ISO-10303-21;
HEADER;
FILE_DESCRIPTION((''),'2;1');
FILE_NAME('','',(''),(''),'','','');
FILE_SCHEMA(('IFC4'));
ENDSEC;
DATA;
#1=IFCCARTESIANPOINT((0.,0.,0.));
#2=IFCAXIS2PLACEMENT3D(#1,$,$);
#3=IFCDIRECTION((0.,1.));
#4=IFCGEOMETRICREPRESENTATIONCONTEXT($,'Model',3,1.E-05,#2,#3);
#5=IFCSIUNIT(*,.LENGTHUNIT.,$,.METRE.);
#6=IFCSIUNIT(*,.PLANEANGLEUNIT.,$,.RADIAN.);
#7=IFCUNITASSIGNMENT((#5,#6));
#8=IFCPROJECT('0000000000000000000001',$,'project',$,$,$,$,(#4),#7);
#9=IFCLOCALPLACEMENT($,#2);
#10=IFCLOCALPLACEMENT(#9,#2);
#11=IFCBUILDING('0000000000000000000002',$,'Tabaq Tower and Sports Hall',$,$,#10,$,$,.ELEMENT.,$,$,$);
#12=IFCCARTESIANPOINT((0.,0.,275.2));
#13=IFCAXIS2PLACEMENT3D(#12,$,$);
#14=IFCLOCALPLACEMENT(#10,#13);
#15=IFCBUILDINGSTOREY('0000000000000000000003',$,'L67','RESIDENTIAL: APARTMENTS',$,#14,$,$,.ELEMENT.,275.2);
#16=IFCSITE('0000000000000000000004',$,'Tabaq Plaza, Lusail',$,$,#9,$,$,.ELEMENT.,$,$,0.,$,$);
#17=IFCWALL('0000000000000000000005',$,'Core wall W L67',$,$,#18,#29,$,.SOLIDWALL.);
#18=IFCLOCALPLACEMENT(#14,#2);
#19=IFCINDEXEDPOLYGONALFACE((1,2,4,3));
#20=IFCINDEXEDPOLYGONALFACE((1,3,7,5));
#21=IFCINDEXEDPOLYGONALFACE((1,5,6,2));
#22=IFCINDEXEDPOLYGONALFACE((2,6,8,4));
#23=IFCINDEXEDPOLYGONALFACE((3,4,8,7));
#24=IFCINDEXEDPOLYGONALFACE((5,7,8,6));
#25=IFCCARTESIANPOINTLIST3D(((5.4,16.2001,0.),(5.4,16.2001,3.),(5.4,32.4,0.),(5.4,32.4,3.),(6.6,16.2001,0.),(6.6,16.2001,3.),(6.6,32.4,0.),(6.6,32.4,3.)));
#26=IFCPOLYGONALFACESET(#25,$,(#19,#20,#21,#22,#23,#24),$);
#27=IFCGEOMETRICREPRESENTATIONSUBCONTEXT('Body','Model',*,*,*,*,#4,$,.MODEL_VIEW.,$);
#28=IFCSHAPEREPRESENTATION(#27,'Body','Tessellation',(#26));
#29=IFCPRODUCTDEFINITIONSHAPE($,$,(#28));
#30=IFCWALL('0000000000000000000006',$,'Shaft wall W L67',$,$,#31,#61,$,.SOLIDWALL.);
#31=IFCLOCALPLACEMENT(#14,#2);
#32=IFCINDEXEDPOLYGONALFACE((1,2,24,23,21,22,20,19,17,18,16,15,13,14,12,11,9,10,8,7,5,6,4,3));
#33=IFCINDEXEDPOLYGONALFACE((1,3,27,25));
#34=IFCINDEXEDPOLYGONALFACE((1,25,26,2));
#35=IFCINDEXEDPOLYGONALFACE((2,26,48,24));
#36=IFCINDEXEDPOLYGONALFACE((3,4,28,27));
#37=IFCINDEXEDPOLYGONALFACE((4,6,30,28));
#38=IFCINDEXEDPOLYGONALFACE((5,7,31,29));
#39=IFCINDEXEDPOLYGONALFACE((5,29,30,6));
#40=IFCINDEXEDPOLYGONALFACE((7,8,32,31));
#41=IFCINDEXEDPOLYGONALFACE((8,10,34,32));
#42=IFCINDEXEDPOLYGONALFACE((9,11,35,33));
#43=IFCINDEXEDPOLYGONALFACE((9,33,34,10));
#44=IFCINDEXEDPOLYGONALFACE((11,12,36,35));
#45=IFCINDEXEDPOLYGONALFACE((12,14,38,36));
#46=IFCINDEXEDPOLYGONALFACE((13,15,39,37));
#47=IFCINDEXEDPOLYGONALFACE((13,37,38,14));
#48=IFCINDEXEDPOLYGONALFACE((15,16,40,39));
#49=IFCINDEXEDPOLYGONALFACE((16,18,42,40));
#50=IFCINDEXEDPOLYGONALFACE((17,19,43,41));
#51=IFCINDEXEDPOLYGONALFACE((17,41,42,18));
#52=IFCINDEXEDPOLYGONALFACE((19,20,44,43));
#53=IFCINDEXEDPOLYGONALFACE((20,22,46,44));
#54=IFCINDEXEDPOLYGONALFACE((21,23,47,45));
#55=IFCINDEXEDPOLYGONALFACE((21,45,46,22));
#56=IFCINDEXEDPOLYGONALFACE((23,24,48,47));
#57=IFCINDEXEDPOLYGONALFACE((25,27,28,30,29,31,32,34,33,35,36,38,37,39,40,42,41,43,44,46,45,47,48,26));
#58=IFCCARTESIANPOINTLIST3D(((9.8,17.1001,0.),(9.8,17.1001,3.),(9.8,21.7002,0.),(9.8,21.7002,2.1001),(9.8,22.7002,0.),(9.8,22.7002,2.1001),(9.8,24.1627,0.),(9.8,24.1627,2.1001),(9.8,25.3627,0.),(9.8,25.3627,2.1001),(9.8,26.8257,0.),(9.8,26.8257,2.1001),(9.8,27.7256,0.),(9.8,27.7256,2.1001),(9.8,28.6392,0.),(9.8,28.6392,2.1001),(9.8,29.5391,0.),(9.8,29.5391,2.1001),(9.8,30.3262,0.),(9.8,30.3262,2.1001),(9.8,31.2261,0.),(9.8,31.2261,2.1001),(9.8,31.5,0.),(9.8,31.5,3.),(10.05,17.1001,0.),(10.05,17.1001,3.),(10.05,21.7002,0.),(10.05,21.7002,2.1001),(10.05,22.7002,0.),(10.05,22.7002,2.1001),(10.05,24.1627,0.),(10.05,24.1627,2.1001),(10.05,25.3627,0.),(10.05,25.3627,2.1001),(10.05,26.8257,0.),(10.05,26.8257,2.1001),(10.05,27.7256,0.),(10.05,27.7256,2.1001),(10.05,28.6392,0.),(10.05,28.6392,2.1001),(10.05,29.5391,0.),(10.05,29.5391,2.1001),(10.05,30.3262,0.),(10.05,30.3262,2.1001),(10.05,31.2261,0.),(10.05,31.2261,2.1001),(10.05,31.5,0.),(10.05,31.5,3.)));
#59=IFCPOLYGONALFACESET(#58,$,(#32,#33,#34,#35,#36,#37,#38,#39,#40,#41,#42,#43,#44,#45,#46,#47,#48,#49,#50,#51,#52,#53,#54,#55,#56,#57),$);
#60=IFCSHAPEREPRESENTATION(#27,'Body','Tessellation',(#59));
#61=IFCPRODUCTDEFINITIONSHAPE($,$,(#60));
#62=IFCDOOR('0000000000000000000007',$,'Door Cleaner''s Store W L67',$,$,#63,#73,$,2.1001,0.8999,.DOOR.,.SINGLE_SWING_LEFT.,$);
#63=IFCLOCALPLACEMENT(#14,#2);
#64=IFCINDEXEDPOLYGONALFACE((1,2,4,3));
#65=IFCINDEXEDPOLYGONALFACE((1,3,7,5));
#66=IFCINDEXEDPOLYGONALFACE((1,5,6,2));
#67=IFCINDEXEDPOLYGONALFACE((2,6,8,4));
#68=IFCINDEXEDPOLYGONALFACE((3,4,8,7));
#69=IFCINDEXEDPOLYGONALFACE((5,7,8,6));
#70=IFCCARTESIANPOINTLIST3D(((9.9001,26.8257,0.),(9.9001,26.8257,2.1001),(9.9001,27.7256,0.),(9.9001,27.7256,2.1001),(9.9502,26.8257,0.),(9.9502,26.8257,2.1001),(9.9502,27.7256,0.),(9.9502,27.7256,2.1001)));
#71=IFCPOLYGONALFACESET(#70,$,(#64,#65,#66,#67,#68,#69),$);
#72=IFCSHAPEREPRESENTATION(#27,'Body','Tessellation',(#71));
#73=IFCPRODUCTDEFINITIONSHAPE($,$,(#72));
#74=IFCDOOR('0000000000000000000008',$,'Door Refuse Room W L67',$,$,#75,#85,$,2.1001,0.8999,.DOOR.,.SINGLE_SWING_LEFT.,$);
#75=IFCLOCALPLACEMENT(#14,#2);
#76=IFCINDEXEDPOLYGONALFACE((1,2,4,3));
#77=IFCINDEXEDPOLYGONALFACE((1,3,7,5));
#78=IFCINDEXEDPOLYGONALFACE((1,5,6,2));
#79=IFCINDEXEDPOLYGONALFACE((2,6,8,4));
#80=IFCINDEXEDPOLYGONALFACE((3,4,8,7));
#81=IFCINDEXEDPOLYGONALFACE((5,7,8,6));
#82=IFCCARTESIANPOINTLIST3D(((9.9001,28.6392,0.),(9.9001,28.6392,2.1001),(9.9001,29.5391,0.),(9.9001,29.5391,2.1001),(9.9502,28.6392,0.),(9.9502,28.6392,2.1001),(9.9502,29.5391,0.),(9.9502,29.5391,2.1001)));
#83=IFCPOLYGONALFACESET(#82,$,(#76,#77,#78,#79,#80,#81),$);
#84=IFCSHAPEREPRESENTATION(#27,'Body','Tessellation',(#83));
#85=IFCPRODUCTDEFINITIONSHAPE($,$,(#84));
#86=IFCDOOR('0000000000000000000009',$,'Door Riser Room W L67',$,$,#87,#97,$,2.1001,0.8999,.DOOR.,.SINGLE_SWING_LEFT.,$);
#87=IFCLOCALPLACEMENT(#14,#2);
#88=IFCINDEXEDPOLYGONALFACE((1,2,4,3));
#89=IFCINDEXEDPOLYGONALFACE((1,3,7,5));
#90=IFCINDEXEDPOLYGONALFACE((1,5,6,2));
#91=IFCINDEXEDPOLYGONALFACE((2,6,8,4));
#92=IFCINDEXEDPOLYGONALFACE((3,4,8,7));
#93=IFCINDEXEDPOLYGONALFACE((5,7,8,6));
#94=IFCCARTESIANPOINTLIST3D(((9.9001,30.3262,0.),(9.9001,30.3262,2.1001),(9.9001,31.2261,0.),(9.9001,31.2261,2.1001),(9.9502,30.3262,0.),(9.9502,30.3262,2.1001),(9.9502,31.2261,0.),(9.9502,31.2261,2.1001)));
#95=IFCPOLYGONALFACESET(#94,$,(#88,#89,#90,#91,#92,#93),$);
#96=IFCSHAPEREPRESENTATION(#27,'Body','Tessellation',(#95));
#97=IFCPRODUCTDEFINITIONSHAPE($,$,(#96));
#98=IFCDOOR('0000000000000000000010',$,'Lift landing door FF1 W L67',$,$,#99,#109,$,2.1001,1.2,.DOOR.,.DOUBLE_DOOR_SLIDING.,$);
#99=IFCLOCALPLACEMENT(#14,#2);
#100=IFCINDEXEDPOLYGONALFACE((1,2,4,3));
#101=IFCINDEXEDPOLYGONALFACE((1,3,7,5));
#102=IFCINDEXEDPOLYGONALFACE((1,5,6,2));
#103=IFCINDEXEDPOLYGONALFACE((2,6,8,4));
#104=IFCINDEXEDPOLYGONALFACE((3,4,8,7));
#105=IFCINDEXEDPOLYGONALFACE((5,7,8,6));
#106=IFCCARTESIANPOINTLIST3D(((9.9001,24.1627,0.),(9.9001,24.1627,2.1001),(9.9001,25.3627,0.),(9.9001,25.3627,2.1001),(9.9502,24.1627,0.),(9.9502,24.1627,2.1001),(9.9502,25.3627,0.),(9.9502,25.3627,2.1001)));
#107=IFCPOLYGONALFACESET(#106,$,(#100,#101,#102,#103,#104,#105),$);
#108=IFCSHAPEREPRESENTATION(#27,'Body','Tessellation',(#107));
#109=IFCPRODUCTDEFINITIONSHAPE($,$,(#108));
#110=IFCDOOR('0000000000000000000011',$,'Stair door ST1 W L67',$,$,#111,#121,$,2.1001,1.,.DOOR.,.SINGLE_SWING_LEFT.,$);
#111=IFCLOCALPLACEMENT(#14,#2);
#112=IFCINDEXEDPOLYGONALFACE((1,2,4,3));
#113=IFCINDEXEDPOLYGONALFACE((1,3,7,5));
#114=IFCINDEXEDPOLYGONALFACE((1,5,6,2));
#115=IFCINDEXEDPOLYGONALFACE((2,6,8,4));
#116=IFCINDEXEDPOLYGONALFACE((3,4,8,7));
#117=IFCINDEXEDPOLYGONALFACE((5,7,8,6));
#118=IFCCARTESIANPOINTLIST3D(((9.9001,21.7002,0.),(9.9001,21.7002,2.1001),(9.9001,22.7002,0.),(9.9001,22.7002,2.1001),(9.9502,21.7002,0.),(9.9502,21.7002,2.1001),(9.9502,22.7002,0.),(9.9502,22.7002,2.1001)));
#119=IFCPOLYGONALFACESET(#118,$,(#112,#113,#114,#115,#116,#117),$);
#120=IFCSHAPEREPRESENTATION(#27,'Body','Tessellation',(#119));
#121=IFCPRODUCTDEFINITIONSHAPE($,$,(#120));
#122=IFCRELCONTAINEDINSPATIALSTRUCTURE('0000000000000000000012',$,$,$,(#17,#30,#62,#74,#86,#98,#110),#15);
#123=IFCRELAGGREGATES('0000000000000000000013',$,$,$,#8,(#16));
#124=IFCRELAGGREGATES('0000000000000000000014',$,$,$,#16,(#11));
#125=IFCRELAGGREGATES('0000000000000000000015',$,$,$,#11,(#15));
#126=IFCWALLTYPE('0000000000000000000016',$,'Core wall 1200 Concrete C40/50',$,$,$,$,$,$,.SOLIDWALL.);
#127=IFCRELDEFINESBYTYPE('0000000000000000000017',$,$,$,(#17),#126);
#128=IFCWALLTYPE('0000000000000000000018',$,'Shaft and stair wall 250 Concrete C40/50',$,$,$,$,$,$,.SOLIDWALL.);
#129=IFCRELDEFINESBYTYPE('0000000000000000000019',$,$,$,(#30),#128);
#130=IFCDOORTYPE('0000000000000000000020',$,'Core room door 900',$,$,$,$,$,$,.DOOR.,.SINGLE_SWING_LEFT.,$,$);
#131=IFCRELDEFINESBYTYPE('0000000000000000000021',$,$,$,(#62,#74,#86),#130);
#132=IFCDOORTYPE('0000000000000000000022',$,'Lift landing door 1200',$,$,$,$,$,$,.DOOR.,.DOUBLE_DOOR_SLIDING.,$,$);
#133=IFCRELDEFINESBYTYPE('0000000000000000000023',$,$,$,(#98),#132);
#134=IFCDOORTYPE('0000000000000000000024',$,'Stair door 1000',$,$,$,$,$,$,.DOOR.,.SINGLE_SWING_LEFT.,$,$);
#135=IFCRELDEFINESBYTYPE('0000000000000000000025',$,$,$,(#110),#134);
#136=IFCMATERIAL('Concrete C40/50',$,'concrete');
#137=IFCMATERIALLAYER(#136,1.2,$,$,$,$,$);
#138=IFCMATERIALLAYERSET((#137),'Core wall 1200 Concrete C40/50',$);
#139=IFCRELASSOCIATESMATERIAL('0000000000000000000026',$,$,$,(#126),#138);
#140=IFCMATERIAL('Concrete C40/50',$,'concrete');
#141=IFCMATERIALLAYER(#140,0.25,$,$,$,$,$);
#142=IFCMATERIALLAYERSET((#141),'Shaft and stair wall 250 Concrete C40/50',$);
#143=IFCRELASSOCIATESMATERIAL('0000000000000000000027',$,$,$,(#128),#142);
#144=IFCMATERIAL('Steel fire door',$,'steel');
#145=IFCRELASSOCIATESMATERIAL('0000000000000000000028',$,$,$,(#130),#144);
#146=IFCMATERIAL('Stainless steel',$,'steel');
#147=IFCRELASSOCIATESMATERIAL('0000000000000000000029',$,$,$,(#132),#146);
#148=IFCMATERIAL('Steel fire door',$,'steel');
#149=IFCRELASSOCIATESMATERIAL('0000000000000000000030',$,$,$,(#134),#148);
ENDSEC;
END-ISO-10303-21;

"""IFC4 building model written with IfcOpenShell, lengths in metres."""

from ifc_helpers import new_model, si_unit, direction, frame, frame_2d, origin, place, context, subcontext, project, spatial, rectangle, extrude, material, layer, layer_set, type_object, element, fill, save


model = new_model("IFC4")

# Units and contexts
model_context = context("Model", 3, precision=1e-05, world=origin(), true_north=direction((0.0, 1.0)))
body_context = subcontext(model_context, "Body", "Model", "MODEL_VIEW")
ifc_project = project(units=[si_unit("LENGTHUNIT", "METRE"), si_unit("PLANEANGLEUNIT", "RADIAN")], contexts=[model_context])

# Site, building, storey
site_placement = place(None, origin())
site = spatial("IfcSite", under=ifc_project, at=site_placement, Name="Tabaq Plaza, Lusail", CompositionType="ELEMENT", RefElevation=0.0)
building_placement = place(site_placement, origin())
building = spatial("IfcBuilding", under=site, at=building_placement, Name="Tabaq Tower and Sports Hall", CompositionType="ELEMENT")
storey_placement = place(building_placement, frame((0.0, 0.0, 275.2)))
storey = spatial("IfcBuildingStorey", under=building, at=storey_placement, Name="L67", Description="RESIDENTIAL: APARTMENTS", CompositionType="ELEMENT", Elevation=275.2)

# Wall
ifc_material_1 = material(Name="Concrete C40/50", Category="concrete")
ifc_layer_1 = layer(ifc_material_1, 1.2)
ifc_layer_set_1 = layer_set([ifc_layer_1], Name="Core wall 1200 Concrete C40/50")
wall_type_1 = type_object("IfcWallType", Name="Core wall 1200 Concrete C40/50", PredefinedType="SOLIDWALL", material=ifc_layer_set_1)
wall_1_placement = place(storey_placement, frame((6.0, 16.2, 0.0), z_axis=(0.0, 0.0, 1.0), x_axis=(0.0, 1.0, 0.0)))
element("IfcWall", 1, at=wall_1_placement, inside=storey, type_object=wall_type_1, Name="Core wall W L67", PredefinedType="SOLIDWALL", context=body_context, shape_type="SweptSolid", body=[
    extrude(rectangle(XDim=16.2, YDim=1.2, at=frame_2d((8.1001, 0.0))), origin(), (0.0, 0.0, 1.0), 3.0),
])

# Wall, openings, doors
ifc_material_2 = material(Name="Concrete C40/50", Category="concrete")
ifc_layer_2 = layer(ifc_material_2, 0.25)
ifc_layer_set_2 = layer_set([ifc_layer_2], Name="Shaft and stair wall 250 Concrete C40/50")
wall_type_2 = type_object("IfcWallType", Name="Shaft and stair wall 250 Concrete C40/50", PredefinedType="SOLIDWALL", material=ifc_layer_set_2)
wall_2_placement = place(storey_placement, frame((9.925, 17.1001, 0.0), z_axis=(0.0, 0.0, 1.0), x_axis=(0.0, 1.0, 0.0)))
wall_2 = element("IfcWall", 2, at=wall_2_placement, inside=storey, type_object=wall_type_2, Name="Shaft wall W L67", PredefinedType="SOLIDWALL", context=body_context, shape_type="SweptSolid", body=[
    extrude(rectangle(XDim=14.3999, YDim=0.25, at=frame_2d((7.2, 0.0))), origin(), (0.0, 0.0, 1.0), 3.0),
])
opening_1_placement = place(wall_2_placement, frame((4.6001, 0.0, 0.0)))
opening_1 = element("IfcOpeningElement", 3, at=opening_1_placement, cuts=wall_2, PredefinedType="OPENING", context=body_context, shape_type="SweptSolid", body=[
    extrude(rectangle(XDim=1.0, YDim=2.1001, at=frame_2d((0.5, 1.05))), frame((0.0, 0.125, 0.0), z_axis=(0.0, -1.0, 0.0), x_axis=(1.0, 0.0, 0.0)), (0.0, 0.0, 1.0), 0.25),
])
opening_2_placement = place(wall_2_placement, frame((7.0625, 0.0, 0.0)))
opening_2 = element("IfcOpeningElement", 4, at=opening_2_placement, cuts=wall_2, PredefinedType="OPENING", context=body_context, shape_type="SweptSolid", body=[
    extrude(rectangle(XDim=1.2, YDim=2.1001, at=frame_2d((0.6001, 1.05))), frame((0.0, 0.125, 0.0), z_axis=(0.0, -1.0, 0.0), x_axis=(1.0, 0.0, 0.0)), (0.0, 0.0, 1.0), 0.25),
])
opening_3_placement = place(wall_2_placement, frame((9.7256, 0.0, 0.0)))
opening_3 = element("IfcOpeningElement", 5, at=opening_3_placement, cuts=wall_2, PredefinedType="OPENING", context=body_context, shape_type="SweptSolid", body=[
    extrude(rectangle(XDim=0.8999, YDim=2.1001, at=frame_2d((0.45, 1.05))), frame((0.0, 0.125, 0.0), z_axis=(0.0, -1.0, 0.0), x_axis=(1.0, 0.0, 0.0)), (0.0, 0.0, 1.0), 0.25),
])
opening_4_placement = place(wall_2_placement, frame((11.5391, 0.0, 0.0)))
opening_4 = element("IfcOpeningElement", 6, at=opening_4_placement, cuts=wall_2, PredefinedType="OPENING", context=body_context, shape_type="SweptSolid", body=[
    extrude(rectangle(XDim=0.8999, YDim=2.1001, at=frame_2d((0.45, 1.05))), frame((0.0, 0.125, 0.0), z_axis=(0.0, -1.0, 0.0), x_axis=(1.0, 0.0, 0.0)), (0.0, 0.0, 1.0), 0.25),
])
opening_5_placement = place(wall_2_placement, frame((13.2261, 0.0, 0.0)))
opening_5 = element("IfcOpeningElement", 7, at=opening_5_placement, cuts=wall_2, PredefinedType="OPENING", context=body_context, shape_type="SweptSolid", body=[
    extrude(rectangle(XDim=0.8999, YDim=2.1001, at=frame_2d((0.45, 1.05))), frame((0.0, 0.125, 0.0), z_axis=(0.0, -1.0, 0.0), x_axis=(1.0, 0.0, 0.0)), (0.0, 0.0, 1.0), 0.25),
])
ifc_material_3 = material(Name="Steel fire door", Category="steel")
door_type_1 = type_object("IfcDoorType", Name="Core room door 900", OperationType="SINGLE_SWING_LEFT", PredefinedType="DOOR", material=ifc_material_3)
door_1_placement = place(opening_3_placement, origin())
door_1 = element("IfcDoor", 8, at=door_1_placement, inside=storey, type_object=door_type_1, Name="Door Cleaner's Store W L67", OperationType="SINGLE_SWING_LEFT", OverallHeight=2.1001, OverallWidth=0.8999, PredefinedType="DOOR", context=body_context, shape_type="SweptSolid", body=[
    extrude(rectangle(XDim=0.8999, YDim=2.1001, at=frame_2d((0.45, 1.05))), frame((0.0, 0.0249, 0.0), z_axis=(0.0, -1.0, 0.0), x_axis=(1.0, 0.0, 0.0)), (0.0, 0.0, 1.0), 0.05),
])
fill(opening_3, door_1)
door_2_placement = place(opening_4_placement, origin())
door_2 = element("IfcDoor", 9, at=door_2_placement, inside=storey, type_object=door_type_1, Name="Door Refuse Room W L67", OperationType="SINGLE_SWING_LEFT", OverallHeight=2.1001, OverallWidth=0.8999, PredefinedType="DOOR", context=body_context, shape_type="SweptSolid", body=[
    extrude(rectangle(XDim=0.8999, YDim=2.1001, at=frame_2d((0.45, 1.05))), frame((0.0, 0.0249, 0.0), z_axis=(0.0, -1.0, 0.0), x_axis=(1.0, 0.0, 0.0)), (0.0, 0.0, 1.0), 0.05),
])
fill(opening_4, door_2)
door_3_placement = place(opening_5_placement, origin())
door_3 = element("IfcDoor", 10, at=door_3_placement, inside=storey, type_object=door_type_1, Name="Door Riser Room W L67", OperationType="SINGLE_SWING_LEFT", OverallHeight=2.1001, OverallWidth=0.8999, PredefinedType="DOOR", context=body_context, shape_type="SweptSolid", body=[
    extrude(rectangle(XDim=0.8999, YDim=2.1001, at=frame_2d((0.45, 1.05))), frame((0.0, 0.0249, 0.0), z_axis=(0.0, -1.0, 0.0), x_axis=(1.0, 0.0, 0.0)), (0.0, 0.0, 1.0), 0.05),
])
fill(opening_5, door_3)
ifc_material_4 = material(Name="Stainless steel", Category="steel")
door_type_2 = type_object("IfcDoorType", Name="Lift landing door 1200", OperationType="DOUBLE_DOOR_SLIDING", PredefinedType="DOOR", material=ifc_material_4)
door_4_placement = place(opening_2_placement, origin())
door_4 = element("IfcDoor", 11, at=door_4_placement, inside=storey, type_object=door_type_2, Name="Lift landing door FF1 W L67", OperationType="DOUBLE_DOOR_SLIDING", OverallHeight=2.1001, OverallWidth=1.2, PredefinedType="DOOR", context=body_context, shape_type="SweptSolid", body=[
    extrude(rectangle(XDim=1.2, YDim=2.1001, at=frame_2d((0.6001, 1.05))), frame((0.0, 0.0249, 0.0), z_axis=(0.0, -1.0, 0.0), x_axis=(1.0, 0.0, 0.0)), (0.0, 0.0, 1.0), 0.05),
])
fill(opening_2, door_4)
ifc_material_5 = material(Name="Steel fire door", Category="steel")
door_type_3 = type_object("IfcDoorType", Name="Stair door 1000", OperationType="SINGLE_SWING_LEFT", PredefinedType="DOOR", material=ifc_material_5)
door_5_placement = place(opening_1_placement, origin())
door_5 = element("IfcDoor", 12, at=door_5_placement, inside=storey, type_object=door_type_3, Name="Stair door ST1 W L67", OperationType="SINGLE_SWING_LEFT", OverallHeight=2.1001, OverallWidth=1.0, PredefinedType="DOOR", context=body_context, shape_type="SweptSolid", body=[
    extrude(rectangle(XDim=1.0, YDim=2.1001, at=frame_2d((0.5, 1.05))), frame((0.0, 0.0249, 0.0), z_axis=(0.0, -1.0, 0.0), x_axis=(1.0, 0.0, 0.0)), (0.0, 0.0, 1.0), 0.05),
])
fill(opening_1, door_5)

save(model, "model.ifc")
